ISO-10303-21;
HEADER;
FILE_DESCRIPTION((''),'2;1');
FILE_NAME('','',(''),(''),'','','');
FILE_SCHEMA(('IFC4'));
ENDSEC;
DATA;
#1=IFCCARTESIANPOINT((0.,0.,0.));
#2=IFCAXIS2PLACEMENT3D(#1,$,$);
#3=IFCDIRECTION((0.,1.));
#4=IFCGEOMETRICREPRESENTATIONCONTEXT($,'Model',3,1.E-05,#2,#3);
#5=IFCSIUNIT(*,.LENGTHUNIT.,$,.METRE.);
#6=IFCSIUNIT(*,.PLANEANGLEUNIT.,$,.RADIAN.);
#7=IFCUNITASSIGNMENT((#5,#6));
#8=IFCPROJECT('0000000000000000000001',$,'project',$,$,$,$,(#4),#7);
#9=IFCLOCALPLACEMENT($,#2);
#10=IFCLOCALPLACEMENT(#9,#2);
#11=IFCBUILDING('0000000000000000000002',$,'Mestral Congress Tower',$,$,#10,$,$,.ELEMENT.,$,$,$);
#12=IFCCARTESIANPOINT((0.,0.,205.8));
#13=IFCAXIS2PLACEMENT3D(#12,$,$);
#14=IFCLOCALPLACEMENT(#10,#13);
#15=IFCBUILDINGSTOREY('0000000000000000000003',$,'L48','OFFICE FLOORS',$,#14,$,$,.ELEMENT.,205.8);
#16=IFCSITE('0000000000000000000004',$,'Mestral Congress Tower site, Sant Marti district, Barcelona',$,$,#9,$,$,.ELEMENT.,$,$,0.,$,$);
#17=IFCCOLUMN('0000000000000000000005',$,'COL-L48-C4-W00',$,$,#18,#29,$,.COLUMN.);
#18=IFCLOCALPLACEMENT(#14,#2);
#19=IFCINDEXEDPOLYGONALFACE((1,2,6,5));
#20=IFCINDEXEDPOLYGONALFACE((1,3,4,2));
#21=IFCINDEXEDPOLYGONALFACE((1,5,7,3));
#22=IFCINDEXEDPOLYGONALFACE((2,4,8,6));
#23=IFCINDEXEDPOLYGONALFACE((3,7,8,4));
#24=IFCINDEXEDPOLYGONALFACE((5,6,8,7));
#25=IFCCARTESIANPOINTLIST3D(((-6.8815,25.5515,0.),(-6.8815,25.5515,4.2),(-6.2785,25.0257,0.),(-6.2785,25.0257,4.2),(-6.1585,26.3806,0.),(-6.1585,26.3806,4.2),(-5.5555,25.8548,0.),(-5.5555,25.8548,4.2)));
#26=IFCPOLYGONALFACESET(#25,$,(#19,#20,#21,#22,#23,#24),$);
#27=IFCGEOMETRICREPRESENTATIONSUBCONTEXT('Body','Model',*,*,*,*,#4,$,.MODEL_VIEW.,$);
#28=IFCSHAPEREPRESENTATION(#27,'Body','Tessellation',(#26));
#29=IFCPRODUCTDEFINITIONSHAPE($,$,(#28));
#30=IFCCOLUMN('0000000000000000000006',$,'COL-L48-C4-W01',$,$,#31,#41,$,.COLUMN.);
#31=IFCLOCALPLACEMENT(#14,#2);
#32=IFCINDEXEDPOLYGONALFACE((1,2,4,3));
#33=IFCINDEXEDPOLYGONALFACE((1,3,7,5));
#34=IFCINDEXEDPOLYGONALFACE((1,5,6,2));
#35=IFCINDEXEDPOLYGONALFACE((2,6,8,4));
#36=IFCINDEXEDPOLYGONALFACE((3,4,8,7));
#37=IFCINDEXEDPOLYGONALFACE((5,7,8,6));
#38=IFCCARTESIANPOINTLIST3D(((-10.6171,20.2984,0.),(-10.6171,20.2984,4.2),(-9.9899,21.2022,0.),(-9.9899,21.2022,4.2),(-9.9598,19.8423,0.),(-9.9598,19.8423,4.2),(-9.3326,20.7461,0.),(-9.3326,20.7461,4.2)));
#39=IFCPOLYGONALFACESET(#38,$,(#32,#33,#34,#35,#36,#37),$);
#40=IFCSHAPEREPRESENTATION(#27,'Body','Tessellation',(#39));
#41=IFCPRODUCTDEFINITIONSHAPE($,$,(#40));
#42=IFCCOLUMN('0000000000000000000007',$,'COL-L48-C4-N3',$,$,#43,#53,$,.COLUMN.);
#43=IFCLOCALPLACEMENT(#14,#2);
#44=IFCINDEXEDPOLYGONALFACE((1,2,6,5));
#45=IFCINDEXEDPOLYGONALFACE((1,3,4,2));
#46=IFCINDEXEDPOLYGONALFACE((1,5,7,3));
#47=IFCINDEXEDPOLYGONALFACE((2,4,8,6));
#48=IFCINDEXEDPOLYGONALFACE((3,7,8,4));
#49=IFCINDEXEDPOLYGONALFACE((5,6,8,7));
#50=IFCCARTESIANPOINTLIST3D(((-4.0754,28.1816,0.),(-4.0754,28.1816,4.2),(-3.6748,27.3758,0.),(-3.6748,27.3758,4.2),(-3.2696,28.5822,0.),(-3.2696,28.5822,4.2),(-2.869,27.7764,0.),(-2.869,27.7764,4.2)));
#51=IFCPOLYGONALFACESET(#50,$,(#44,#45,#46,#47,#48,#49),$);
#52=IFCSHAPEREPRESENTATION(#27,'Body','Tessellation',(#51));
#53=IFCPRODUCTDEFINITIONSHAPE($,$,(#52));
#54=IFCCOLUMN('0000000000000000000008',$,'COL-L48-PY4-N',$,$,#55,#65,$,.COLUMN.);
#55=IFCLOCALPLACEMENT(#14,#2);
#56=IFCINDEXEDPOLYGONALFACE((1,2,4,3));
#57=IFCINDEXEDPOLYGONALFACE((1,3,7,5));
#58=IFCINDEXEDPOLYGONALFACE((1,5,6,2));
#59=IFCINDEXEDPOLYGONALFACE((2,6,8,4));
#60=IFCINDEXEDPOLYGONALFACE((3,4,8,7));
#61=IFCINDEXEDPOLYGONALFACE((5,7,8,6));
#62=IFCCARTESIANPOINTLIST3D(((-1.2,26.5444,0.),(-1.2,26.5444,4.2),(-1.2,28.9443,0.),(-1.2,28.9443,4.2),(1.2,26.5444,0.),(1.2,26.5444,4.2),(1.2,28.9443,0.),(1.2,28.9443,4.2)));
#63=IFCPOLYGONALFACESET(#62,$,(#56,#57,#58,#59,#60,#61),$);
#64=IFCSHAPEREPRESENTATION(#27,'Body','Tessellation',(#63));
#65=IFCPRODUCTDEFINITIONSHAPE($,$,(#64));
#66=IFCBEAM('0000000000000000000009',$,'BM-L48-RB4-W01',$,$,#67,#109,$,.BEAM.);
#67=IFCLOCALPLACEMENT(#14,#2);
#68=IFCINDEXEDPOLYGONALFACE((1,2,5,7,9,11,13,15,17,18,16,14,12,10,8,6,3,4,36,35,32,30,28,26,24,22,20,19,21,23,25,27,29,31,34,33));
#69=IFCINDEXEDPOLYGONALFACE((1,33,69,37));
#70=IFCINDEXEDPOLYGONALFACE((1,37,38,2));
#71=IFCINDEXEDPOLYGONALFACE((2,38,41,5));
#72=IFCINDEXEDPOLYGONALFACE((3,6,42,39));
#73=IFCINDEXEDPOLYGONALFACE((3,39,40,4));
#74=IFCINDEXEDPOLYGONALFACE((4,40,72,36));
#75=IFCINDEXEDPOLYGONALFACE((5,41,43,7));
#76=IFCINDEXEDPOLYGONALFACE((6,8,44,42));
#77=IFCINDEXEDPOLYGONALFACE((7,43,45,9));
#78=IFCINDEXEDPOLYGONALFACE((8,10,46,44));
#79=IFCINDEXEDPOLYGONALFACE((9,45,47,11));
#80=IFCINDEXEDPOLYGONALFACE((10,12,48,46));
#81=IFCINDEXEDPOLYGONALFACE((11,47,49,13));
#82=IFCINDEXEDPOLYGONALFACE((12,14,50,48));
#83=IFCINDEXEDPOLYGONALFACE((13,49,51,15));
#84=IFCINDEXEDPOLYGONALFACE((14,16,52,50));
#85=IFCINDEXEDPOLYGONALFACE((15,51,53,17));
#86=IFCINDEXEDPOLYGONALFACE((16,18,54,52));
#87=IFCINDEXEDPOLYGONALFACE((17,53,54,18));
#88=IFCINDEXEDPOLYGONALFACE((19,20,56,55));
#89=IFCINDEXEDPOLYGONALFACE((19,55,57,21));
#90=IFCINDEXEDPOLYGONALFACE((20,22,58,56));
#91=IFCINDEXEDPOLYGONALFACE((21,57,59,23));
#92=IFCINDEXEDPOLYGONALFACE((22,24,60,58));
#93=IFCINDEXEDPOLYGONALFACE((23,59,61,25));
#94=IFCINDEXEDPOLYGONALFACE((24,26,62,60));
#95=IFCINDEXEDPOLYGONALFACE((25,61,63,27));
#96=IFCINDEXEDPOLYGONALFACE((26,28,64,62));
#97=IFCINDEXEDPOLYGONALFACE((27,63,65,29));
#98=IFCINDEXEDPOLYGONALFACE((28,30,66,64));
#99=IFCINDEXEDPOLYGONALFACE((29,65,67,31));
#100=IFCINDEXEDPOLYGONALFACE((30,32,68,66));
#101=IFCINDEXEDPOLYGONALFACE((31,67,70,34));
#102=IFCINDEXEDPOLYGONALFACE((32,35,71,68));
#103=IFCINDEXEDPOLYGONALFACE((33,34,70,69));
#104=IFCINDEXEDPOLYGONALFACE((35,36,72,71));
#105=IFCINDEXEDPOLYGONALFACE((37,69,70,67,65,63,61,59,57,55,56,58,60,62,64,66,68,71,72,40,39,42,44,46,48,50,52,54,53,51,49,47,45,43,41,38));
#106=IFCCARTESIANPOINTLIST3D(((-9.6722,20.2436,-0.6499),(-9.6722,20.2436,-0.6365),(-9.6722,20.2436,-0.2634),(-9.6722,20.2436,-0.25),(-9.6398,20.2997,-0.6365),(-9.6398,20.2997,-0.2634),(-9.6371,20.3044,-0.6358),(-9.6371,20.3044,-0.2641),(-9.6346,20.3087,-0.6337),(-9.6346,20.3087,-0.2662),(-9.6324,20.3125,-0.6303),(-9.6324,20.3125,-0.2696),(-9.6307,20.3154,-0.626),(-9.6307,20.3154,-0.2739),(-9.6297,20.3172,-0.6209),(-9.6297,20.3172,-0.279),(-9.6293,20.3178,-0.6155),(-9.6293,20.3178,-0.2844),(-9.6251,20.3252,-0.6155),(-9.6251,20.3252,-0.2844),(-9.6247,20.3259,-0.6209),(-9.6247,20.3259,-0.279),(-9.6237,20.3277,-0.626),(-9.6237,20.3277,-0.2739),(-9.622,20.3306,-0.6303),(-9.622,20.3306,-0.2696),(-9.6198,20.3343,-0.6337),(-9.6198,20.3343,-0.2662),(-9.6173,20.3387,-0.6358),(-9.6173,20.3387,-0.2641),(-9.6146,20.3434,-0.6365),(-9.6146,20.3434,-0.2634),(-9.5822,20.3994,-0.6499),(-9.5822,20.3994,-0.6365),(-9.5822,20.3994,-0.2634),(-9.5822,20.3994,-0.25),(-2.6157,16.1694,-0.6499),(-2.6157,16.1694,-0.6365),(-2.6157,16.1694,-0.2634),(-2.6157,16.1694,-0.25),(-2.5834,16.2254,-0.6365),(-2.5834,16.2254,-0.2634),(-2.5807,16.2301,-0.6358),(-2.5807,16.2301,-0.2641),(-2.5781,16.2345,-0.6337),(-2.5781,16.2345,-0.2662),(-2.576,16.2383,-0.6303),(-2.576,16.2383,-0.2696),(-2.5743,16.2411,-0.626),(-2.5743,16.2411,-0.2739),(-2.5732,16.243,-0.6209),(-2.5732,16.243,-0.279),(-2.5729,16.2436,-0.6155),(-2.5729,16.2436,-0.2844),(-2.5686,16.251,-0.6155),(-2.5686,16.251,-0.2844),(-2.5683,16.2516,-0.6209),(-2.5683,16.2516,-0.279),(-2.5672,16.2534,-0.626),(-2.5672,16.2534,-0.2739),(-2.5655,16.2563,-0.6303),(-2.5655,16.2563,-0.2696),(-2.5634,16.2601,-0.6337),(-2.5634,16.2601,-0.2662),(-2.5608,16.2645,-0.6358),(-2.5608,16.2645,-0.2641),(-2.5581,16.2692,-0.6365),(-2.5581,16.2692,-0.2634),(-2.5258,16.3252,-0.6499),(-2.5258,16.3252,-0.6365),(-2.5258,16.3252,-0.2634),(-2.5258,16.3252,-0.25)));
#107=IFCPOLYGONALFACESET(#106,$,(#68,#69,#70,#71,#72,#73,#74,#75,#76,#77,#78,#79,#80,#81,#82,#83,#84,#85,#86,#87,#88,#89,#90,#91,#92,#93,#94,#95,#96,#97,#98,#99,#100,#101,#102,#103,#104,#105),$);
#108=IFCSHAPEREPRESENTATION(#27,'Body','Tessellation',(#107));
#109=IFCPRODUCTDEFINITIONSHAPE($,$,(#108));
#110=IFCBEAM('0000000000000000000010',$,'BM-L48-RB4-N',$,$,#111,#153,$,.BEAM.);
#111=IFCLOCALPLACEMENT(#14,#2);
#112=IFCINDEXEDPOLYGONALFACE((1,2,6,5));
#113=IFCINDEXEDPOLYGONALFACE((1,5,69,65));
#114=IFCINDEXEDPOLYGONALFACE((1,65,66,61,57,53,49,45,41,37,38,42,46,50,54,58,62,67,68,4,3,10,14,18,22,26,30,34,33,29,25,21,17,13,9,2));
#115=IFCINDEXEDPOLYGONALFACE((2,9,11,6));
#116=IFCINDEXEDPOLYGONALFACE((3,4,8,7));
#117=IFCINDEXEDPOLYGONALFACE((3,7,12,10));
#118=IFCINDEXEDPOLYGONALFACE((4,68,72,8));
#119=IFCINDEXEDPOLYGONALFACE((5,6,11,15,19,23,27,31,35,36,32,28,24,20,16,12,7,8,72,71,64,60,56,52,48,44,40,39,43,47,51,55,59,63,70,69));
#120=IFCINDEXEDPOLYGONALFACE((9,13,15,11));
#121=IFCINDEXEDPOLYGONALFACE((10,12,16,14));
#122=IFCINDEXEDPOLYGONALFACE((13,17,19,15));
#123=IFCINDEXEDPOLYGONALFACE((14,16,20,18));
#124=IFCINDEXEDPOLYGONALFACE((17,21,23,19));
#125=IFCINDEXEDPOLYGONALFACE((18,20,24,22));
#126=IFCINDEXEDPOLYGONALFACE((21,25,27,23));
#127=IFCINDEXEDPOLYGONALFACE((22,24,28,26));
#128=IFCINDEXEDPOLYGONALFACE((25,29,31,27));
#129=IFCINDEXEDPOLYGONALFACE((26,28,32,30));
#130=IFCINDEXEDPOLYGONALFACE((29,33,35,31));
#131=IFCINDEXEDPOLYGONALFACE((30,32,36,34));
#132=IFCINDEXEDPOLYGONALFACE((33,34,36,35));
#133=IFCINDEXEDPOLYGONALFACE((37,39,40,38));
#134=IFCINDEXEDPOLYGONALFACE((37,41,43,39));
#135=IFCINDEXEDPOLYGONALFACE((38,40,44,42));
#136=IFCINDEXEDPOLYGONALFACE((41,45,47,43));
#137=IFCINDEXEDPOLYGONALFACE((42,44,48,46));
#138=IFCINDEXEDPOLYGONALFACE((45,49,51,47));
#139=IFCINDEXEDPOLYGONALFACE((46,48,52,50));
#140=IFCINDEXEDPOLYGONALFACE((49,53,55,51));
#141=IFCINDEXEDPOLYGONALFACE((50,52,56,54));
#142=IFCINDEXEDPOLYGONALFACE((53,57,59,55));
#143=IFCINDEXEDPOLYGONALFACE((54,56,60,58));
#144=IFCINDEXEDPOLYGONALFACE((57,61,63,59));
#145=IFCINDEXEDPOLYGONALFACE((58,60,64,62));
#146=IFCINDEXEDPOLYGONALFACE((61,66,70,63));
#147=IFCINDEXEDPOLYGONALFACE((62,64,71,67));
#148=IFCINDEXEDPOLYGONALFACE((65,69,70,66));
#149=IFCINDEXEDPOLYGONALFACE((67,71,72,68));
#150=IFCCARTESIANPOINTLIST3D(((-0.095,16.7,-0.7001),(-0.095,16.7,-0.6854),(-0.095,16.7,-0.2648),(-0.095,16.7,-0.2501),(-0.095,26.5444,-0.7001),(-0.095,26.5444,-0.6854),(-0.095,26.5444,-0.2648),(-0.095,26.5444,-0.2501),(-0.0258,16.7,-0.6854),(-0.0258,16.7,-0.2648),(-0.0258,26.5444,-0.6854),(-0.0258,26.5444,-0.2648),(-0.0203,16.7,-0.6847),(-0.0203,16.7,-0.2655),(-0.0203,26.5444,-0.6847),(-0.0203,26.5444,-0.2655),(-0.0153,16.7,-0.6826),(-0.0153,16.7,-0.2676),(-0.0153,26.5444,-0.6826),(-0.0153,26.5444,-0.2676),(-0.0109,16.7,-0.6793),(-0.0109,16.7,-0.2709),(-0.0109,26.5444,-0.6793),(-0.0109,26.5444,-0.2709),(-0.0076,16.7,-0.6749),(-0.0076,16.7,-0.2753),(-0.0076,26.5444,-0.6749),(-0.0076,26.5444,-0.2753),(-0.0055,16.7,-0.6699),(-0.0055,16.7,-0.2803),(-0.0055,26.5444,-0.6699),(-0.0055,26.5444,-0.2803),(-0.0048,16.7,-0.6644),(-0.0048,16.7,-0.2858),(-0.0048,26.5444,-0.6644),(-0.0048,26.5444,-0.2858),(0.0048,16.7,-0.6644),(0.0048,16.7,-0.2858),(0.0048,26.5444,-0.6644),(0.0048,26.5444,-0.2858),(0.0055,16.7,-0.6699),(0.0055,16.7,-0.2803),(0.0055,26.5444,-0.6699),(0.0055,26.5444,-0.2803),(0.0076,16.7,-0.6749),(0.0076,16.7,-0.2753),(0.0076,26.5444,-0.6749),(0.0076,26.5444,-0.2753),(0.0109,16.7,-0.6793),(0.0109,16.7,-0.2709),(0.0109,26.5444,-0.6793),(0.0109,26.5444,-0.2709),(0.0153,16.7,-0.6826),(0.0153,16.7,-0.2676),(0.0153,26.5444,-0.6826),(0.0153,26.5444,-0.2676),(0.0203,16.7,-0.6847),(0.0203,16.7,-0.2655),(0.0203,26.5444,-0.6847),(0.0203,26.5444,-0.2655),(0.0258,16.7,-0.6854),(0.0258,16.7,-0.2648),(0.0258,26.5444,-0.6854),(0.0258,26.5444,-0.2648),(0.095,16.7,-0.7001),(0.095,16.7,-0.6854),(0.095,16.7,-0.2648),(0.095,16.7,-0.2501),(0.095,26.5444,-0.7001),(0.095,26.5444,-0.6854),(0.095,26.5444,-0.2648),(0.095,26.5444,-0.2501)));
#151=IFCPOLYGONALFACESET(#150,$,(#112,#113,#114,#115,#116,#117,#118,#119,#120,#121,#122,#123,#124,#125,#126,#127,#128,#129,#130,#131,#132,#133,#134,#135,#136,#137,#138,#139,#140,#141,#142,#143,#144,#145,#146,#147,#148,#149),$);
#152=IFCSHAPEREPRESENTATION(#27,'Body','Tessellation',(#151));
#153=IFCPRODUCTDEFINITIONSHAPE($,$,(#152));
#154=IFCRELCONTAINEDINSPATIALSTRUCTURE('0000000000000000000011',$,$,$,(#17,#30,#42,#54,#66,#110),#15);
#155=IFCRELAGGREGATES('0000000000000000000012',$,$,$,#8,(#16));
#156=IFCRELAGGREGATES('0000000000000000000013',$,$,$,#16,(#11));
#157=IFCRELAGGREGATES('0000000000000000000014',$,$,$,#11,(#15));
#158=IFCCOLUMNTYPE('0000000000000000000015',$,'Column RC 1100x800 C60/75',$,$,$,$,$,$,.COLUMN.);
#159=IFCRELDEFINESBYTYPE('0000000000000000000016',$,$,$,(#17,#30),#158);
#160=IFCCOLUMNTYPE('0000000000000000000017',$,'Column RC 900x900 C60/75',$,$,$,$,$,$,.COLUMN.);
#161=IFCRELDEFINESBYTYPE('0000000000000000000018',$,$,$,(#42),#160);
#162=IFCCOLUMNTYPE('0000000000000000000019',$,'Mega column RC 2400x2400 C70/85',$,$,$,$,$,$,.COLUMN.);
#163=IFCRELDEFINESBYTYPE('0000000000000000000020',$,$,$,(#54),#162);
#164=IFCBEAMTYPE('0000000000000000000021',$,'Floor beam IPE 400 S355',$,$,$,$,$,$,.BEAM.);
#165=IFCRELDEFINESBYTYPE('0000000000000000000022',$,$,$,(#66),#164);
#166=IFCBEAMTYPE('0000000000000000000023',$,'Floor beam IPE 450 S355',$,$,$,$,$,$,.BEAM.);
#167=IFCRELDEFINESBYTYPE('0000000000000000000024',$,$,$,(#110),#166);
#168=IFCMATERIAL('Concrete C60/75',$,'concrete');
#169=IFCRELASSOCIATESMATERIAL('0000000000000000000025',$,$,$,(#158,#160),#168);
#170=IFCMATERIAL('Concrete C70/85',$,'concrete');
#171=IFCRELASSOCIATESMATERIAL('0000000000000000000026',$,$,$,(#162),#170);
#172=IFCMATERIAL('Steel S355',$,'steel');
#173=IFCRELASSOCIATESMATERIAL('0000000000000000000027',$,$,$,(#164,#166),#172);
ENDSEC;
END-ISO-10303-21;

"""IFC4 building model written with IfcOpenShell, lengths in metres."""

from ifc_helpers import new_model, si_unit, direction, frame, origin, origin_2d, place, context, subcontext, project, spatial, rectangle, i_section, extrude, material, material_profile, profile_set, type_object, element, save


model = new_model("IFC4")

# Units and contexts
model_context = context("Model", 3, precision=1e-05, world=origin(), true_north=direction((0.0, 1.0)))
body_context = subcontext(model_context, "Body", "Model", "MODEL_VIEW")
ifc_project = project(units=[si_unit("LENGTHUNIT", "METRE"), si_unit("PLANEANGLEUNIT", "RADIAN")], contexts=[model_context])

# Site, building, storey
site_placement = place(None, origin())
site = spatial("IfcSite", under=ifc_project, at=site_placement, Name="Mestral Congress Tower site, Sant Marti district, Barcelona", CompositionType="ELEMENT", RefElevation=0.0)
building_placement = place(site_placement, origin())
building = spatial("IfcBuilding", under=site, at=building_placement, Name="Mestral Congress Tower", CompositionType="ELEMENT")
storey_placement = place(building_placement, frame((0.0, 0.0, 205.8)))
storey = spatial("IfcBuildingStorey", under=building, at=storey_placement, Name="L48", Description="OFFICE FLOORS", CompositionType="ELEMENT", Elevation=205.8)

# Columns
ifc_material_1 = material(Name="Concrete C60/75", Category="concrete")
ifc_material_profile_1 = material_profile(ifc_material_1, rectangle(XDim=1.1001, YDim=0.8, at=origin_2d()), Name="RC 1100x800")
ifc_profile_set_1 = profile_set([ifc_material_profile_1], Name="Concrete C60/75")
column_type_1 = type_object("IfcColumnType", Name="Column RC 1100x800 C60/75", PredefinedType="COLUMN", material=ifc_profile_set_1)
for number, where, z_axis, x_axis, name in (
    (1, (-6.2185, 25.7031, 0.0), (0.0, 0.0, 1.0), (-0.65725, -0.753672, 0.0), "COL-L48-C4-W00"),
    (2, (-9.9749, 20.5222, 0.0), (0.0, 0.0, 1.0), (-0.570084, -0.821586, 0.0), "COL-L48-C4-W01"),
):
    element("IfcColumn", number, at=place(storey_placement, frame(where, z_axis=z_axis, x_axis=x_axis)), inside=storey, type_object=column_type_1, Name=name, PredefinedType="COLUMN", context=body_context, shape_type="SweptSolid", body=[
        extrude(rectangle(XDim=1.1001, YDim=0.8, at=origin_2d()), origin(), (0.0, 0.0, 1.0), 4.2),
    ])
ifc_material_profile_2 = material_profile(ifc_material_1, rectangle(XDim=0.8999, YDim=0.8999, at=origin_2d()), Name="RC 900x900")
ifc_profile_set_2 = profile_set([ifc_material_profile_2], Name="Concrete C60/75")
column_type_2 = type_object("IfcColumnType", Name="Column RC 900x900 C60/75", PredefinedType="COLUMN", material=ifc_profile_set_2)
column_1_placement = place(storey_placement, frame((-3.4722, 27.979, 0.0), z_axis=(0.0, 0.0, 1.0), x_axis=(-0.895456, -0.445149, 0.0)))
element("IfcColumn", 3, at=column_1_placement, inside=storey, type_object=column_type_2, Name="COL-L48-C4-N3", PredefinedType="COLUMN", context=body_context, shape_type="SweptSolid", body=[
    extrude(rectangle(XDim=0.8999, YDim=0.8999, at=origin_2d()), origin(), (0.0, 0.0, 1.0), 4.2),
])
ifc_material_2 = material(Name="Concrete C70/85", Category="concrete")
ifc_material_profile_3 = material_profile(ifc_material_2, rectangle(XDim=2.3999, YDim=2.3999, at=origin_2d()), Name="RC 2400x2400")
ifc_profile_set_3 = profile_set([ifc_material_profile_3], Name="Concrete C70/85")
column_type_3 = type_object("IfcColumnType", Name="Mega column RC 2400x2400 C70/85", PredefinedType="COLUMN", material=ifc_profile_set_3)
column_2_placement = place(storey_placement, frame((0.0, 27.7444, 0.0), z_axis=(0.0, 0.0, 1.0), x_axis=(0.0, 1.0, 0.0)))
element("IfcColumn", 4, at=column_2_placement, inside=storey, type_object=column_type_3, Name="COL-L48-PY4-N", PredefinedType="COLUMN", context=body_context, shape_type="SweptSolid", body=[
    extrude(rectangle(XDim=2.3999, YDim=2.3999, at=origin_2d()), origin(), (0.0, 0.0, 1.0), 4.2),
])

# Beams
ifc_material_3 = material(Name="Steel S355", Category="steel")
ifc_material_profile_4 = material_profile(ifc_material_3, i_section(OverallWidth=0.1799, OverallDepth=0.3999, WebThickness=0.0085, FlangeThickness=0.0134, FilletRadius=0.021, at=origin_2d()), Name="IPE 400")
ifc_profile_set_4 = profile_set([ifc_material_profile_4], Name="Steel S355")
beam_type_1 = type_object("IfcBeamType", Name="Floor beam IPE 400 S355", PredefinedType="BEAM", material=ifc_profile_set_4)
beam_1_placement = place(storey_placement, frame((-9.6272, 20.3215, -0.45), z_axis=(0.866014, -0.500019, 0.0), x_axis=(0.500019, 0.866014, 0.0)))
element("IfcBeam", 5, at=beam_1_placement, inside=storey, type_object=beam_type_1, Name="BM-L48-RB4-W01", PredefinedType="BEAM", context=body_context, shape_type="SweptSolid", body=[
    extrude(i_section(OverallWidth=0.1799, OverallDepth=0.3999, WebThickness=0.0085, FlangeThickness=0.0134, FilletRadius=0.021, at=origin_2d()), origin(), (0.0, 0.0, 1.0), 8.1482),
])
ifc_material_profile_5 = material_profile(ifc_material_3, i_section(OverallWidth=0.1899, OverallDepth=0.45, WebThickness=0.0095, FlangeThickness=0.0146, FilletRadius=0.021, at=origin_2d()), Name="IPE 450")
ifc_profile_set_5 = profile_set([ifc_material_profile_5], Name="Steel S355")
beam_type_2 = type_object("IfcBeamType", Name="Floor beam IPE 450 S355", PredefinedType="BEAM", material=ifc_profile_set_5)
beam_2_placement = place(storey_placement, frame((0.0, 26.5444, -0.4751), z_axis=(0.0, -1.0, 0.0), x_axis=(1.0, 0.0, 0.0)))
element("IfcBeam", 6, at=beam_2_placement, inside=storey, type_object=beam_type_2, Name="BM-L48-RB4-N", PredefinedType="BEAM", context=body_context, shape_type="SweptSolid", body=[
    extrude(i_section(OverallWidth=0.1899, OverallDepth=0.45, WebThickness=0.0095, FlangeThickness=0.0146, FilletRadius=0.021, at=origin_2d()), origin(), (0.0, 0.0, 1.0), 9.8445),
])

save(model, "model.ifc")
